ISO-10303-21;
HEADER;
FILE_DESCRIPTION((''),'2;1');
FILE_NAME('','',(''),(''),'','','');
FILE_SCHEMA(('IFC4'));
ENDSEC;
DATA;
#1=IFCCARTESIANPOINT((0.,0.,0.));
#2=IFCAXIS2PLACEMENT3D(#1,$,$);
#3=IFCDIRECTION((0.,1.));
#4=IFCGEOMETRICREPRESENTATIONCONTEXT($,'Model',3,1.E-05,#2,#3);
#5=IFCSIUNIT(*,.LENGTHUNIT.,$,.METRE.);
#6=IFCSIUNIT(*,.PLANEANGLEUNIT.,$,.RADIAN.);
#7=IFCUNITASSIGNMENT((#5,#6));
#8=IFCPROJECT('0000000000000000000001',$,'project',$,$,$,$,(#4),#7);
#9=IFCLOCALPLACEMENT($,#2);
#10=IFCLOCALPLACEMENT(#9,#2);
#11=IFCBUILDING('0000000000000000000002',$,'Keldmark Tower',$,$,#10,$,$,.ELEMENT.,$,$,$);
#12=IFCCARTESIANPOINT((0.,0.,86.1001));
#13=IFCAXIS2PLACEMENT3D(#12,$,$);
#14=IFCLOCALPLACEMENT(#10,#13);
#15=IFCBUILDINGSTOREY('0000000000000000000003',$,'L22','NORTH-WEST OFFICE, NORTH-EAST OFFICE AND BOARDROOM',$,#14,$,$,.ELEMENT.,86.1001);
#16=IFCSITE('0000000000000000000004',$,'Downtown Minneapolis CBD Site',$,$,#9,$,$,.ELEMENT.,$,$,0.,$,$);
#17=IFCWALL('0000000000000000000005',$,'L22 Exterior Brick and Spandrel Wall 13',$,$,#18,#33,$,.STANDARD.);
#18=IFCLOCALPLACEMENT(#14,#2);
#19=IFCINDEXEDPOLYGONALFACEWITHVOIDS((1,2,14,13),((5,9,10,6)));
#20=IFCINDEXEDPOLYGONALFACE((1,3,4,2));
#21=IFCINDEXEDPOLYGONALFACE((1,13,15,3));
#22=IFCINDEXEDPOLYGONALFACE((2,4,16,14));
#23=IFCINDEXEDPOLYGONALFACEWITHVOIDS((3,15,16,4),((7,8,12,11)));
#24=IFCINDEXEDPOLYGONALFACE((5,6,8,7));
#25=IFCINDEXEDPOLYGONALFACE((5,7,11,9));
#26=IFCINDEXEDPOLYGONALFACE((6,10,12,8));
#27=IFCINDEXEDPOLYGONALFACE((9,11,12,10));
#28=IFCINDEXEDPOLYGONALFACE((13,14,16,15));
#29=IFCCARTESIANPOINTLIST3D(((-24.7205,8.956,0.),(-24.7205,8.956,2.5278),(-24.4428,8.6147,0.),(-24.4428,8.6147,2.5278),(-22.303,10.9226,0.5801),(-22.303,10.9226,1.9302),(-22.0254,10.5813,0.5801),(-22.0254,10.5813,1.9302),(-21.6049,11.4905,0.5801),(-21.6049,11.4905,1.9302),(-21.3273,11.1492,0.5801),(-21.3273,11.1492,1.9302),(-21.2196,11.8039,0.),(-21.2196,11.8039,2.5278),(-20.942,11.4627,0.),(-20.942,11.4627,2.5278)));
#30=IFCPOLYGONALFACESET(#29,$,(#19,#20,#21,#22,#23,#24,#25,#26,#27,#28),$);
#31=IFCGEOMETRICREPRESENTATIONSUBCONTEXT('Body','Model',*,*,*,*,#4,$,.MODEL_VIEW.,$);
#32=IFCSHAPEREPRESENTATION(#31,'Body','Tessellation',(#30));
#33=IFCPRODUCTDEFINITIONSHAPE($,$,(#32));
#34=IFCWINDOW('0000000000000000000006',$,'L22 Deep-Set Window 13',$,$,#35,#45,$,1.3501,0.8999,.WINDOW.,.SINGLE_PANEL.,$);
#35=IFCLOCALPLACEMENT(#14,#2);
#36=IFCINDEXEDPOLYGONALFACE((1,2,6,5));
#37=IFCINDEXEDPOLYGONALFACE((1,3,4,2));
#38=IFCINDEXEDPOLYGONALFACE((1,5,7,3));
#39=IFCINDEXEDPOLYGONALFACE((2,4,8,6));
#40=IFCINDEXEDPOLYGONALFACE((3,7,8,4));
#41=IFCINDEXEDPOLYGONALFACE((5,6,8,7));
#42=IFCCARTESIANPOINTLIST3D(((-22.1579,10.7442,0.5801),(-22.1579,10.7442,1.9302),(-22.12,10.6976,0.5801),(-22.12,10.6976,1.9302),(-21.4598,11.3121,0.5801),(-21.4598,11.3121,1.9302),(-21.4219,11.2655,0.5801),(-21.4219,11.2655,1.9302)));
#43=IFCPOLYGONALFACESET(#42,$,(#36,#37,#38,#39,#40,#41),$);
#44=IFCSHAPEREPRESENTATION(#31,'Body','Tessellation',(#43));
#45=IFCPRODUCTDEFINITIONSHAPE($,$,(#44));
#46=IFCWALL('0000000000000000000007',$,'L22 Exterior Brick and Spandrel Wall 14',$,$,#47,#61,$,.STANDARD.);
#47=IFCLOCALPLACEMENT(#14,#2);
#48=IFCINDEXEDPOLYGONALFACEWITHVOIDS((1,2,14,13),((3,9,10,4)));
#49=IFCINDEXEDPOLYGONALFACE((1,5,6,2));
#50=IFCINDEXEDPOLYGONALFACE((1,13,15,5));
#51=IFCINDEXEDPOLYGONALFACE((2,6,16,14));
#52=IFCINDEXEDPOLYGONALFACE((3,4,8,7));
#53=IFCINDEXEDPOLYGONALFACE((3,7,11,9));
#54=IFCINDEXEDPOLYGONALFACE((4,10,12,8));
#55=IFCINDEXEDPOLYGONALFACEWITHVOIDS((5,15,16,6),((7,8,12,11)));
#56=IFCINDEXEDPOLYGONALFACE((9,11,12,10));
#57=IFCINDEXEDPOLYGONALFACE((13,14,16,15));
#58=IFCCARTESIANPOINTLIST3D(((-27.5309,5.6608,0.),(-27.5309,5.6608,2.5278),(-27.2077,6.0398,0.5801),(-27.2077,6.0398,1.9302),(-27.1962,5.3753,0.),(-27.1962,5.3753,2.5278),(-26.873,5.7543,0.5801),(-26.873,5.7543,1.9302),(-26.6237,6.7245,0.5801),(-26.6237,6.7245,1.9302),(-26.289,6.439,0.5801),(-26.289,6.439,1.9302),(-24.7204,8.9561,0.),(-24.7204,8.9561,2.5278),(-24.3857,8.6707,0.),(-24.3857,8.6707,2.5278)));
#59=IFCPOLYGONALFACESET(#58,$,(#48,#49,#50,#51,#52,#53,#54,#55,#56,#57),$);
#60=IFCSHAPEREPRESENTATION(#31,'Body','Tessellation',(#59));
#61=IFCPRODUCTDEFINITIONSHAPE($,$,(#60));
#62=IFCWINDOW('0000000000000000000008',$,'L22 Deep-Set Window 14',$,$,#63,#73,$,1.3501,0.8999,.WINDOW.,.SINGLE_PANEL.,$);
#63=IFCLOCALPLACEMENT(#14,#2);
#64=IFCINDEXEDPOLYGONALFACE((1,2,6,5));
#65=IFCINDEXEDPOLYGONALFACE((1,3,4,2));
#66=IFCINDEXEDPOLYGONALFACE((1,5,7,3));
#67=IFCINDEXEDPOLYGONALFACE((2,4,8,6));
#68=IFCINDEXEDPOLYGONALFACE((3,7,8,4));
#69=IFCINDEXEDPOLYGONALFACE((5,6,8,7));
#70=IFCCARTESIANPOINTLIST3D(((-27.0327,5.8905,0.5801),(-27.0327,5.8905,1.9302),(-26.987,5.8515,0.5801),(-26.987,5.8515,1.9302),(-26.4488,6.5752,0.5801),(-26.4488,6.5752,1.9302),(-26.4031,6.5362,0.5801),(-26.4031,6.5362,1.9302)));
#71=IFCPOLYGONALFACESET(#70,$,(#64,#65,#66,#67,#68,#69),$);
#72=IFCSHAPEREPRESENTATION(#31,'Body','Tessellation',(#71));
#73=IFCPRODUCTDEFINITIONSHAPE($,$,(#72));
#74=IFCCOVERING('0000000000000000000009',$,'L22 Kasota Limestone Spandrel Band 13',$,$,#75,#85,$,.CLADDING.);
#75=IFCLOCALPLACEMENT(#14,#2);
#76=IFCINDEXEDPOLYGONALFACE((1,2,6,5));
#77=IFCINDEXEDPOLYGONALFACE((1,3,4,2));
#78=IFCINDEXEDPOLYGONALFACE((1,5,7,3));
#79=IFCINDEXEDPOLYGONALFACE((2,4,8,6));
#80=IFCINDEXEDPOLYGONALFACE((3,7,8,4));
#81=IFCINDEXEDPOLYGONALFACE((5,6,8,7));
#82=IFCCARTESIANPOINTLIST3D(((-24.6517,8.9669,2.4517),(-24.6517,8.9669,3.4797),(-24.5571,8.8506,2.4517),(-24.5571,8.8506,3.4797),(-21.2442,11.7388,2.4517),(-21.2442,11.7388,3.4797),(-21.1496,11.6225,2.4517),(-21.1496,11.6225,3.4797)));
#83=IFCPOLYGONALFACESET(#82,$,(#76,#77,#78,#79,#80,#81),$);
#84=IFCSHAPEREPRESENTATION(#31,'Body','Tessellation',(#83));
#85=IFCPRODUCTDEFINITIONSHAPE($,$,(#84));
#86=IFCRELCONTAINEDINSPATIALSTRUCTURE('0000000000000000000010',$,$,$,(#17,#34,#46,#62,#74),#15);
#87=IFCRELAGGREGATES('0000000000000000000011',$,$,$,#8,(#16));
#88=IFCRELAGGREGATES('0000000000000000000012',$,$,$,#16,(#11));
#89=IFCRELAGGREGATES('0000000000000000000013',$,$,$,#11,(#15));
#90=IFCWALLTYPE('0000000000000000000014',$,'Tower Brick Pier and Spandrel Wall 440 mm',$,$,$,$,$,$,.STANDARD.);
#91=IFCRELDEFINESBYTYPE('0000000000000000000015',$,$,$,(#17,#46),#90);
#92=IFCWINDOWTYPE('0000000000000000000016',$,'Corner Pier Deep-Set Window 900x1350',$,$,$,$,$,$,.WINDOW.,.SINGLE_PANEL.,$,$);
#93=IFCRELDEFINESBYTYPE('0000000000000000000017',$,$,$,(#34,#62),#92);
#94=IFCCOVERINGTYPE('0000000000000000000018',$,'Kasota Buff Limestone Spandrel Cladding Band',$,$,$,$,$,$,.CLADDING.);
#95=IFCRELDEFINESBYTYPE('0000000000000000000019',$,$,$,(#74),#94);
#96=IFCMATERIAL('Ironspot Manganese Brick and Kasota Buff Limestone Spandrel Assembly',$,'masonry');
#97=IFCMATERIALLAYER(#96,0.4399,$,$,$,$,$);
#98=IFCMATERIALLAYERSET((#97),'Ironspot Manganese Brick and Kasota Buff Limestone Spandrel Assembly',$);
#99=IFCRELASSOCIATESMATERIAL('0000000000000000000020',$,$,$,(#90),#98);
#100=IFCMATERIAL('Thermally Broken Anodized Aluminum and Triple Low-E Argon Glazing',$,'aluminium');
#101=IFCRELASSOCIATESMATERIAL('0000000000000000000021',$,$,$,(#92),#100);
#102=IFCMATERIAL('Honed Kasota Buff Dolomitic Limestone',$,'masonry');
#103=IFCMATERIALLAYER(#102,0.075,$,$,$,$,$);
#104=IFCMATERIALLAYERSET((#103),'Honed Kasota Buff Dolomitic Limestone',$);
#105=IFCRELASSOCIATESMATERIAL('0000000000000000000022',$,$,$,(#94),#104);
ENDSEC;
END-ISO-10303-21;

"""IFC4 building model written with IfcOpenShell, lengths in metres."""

from ifc_helpers import new_model, si_unit, direction, frame, frame_2d, origin, origin_2d, place, context, subcontext, project, spatial, rectangle, extrude, material, layer, layer_set, type_object, element, fill, save


model = new_model("IFC4")

# Units and contexts
model_context = context("Model", 3, precision=1e-05, world=origin(), true_north=direction((0.0, 1.0)))
body_context = subcontext(model_context, "Body", "Model", "MODEL_VIEW")
ifc_project = project(units=[si_unit("LENGTHUNIT", "METRE"), si_unit("PLANEANGLEUNIT", "RADIAN")], contexts=[model_context])

# Site, building, storey
site_placement = place(None, origin())
site = spatial("IfcSite", under=ifc_project, at=site_placement, Name="Downtown Minneapolis CBD Site", CompositionType="ELEMENT", RefElevation=0.0)
building_placement = place(site_placement, origin())
building = spatial("IfcBuilding", under=site, at=building_placement, Name="Keldmark Tower", CompositionType="ELEMENT")
storey_placement = place(building_placement, frame((0.0, 0.0, 86.1001)))
storey = spatial("IfcBuildingStorey", under=building, at=storey_placement, Name="L22", Description="NORTH-WEST OFFICE, NORTH-EAST OFFICE AND BOARDROOM", CompositionType="ELEMENT", Elevation=86.1001)

# Walls, openings, windows
ifc_material_1 = material(Name="Ironspot Manganese Brick and Kasota Buff Limestone Spandrel Assembly", Category="masonry")
ifc_layer_1 = layer(ifc_material_1, 0.4399)
ifc_layer_set_1 = layer_set([ifc_layer_1], Name="Ironspot Manganese Brick and Kasota Buff Limestone Spandrel Assembly")
wall_type_1 = type_object("IfcWallType", Name="Tower Brick Pier and Spandrel Wall 440 mm", PredefinedType="STANDARD", material=ifc_layer_set_1)
ifc_material_2 = material(Name="Thermally Broken Anodized Aluminum and Triple Low-E Argon Glazing", Category="aluminium")
window_type = type_object("IfcWindowType", Name="Corner Pier Deep-Set Window 900x1350", PartitioningType="SINGLE_PANEL", PredefinedType="WINDOW", material=ifc_material_2)
wall_1_placement = place(storey_placement, frame((-24.5815, 8.7854, 0.0), z_axis=(0.0, 0.0, 1.0), x_axis=(0.775728, 0.631067, 0.0)))
wall_1 = element("IfcWall", 1, at=wall_1_placement, inside=storey, type_object=wall_type_1, Name="L22 Exterior Brick and Spandrel Wall 13", PredefinedType="STANDARD", context=body_context, shape_type="SweptSolid", body=[
    extrude(rectangle(XDim=4.5129, YDim=0.4399, at=frame_2d((2.2563, 0.0))), origin(), (0.0, 0.0, 1.0), 2.5278),
])
opening_1_placement = place(wall_1_placement, frame((3.1162, 0.0, 0.5801)))
opening_1 = element("IfcOpeningElement", 2, at=opening_1_placement, cuts=wall_1, PredefinedType="OPENING", context=body_context, shape_type="SweptSolid", body=[
    extrude(rectangle(XDim=0.8999, YDim=1.3501, at=frame_2d((0.45, 0.675))), frame((0.0, 0.23, 0.0), z_axis=(0.0, -1.0, 0.0), x_axis=(1.0, 0.0, 0.0)), (0.0, 0.0, 1.0), 0.46),
])
window_1_placement = place(opening_1_placement, origin())
window_1 = element("IfcWindow", 3, at=window_1_placement, inside=storey, type_object=window_type, Name="L22 Deep-Set Window 13", OverallHeight=1.3501, OverallWidth=0.8999, PartitioningType="SINGLE_PANEL", PredefinedType="WINDOW", context=body_context, shape_type="SweptSolid", body=[
    extrude(rectangle(XDim=0.8999, YDim=1.3501, at=frame_2d((0.45, 0.675))), frame((0.0, -0.01, 0.0), z_axis=(0.0, -1.0, 0.0), x_axis=(1.0, 0.0, 0.0)), (0.0, 0.0, 1.0), 0.0601),
])
fill(opening_1, window_1)
wall_2_placement = place(storey_placement, frame((-27.3635, 5.5181, 0.0), z_axis=(0.0, 0.0, 1.0), x_axis=(0.648914, 0.760862, 0.0)))
wall_2 = element("IfcWall", 4, at=wall_2_placement, inside=storey, type_object=wall_type_1, Name="L22 Exterior Brick and Spandrel Wall 14", PredefinedType="STANDARD", context=body_context, shape_type="SweptSolid", body=[
    extrude(rectangle(XDim=4.3311, YDim=0.4399, at=frame_2d((2.1655, 0.0))), origin(), (0.0, 0.0, 1.0), 2.5278),
])
opening_2_placement = place(wall_2_placement, frame((0.498, 0.0, 0.5801)))
opening_2 = element("IfcOpeningElement", 5, at=opening_2_placement, cuts=wall_2, PredefinedType="OPENING", context=body_context, shape_type="SweptSolid", body=[
    extrude(rectangle(XDim=0.8999, YDim=1.3501, at=frame_2d((0.45, 0.675))), frame((0.0, 0.23, 0.0), z_axis=(0.0, -1.0, 0.0), x_axis=(1.0, 0.0, 0.0)), (0.0, 0.0, 1.0), 0.46),
])
window_2_placement = place(opening_2_placement, origin())
window_2 = element("IfcWindow", 6, at=window_2_placement, inside=storey, type_object=window_type, Name="L22 Deep-Set Window 14", OverallHeight=1.3501, OverallWidth=0.8999, PartitioningType="SINGLE_PANEL", PredefinedType="WINDOW", context=body_context, shape_type="SweptSolid", body=[
    extrude(rectangle(XDim=0.8999, YDim=1.3501, at=frame_2d((0.45, 0.675))), frame((0.0, -0.01, 0.0), z_axis=(0.0, -1.0, 0.0), x_axis=(1.0, 0.0, 0.0)), (0.0, 0.0, 1.0), 0.0601),
])
fill(opening_2, window_2)

# Covering
ifc_material_3 = material(Name="Honed Kasota Buff Dolomitic Limestone", Category="masonry")
ifc_layer_2 = layer(ifc_material_3, 0.075)
ifc_layer_set_2 = layer_set([ifc_layer_2], Name="Honed Kasota Buff Dolomitic Limestone")
covering_type = type_object("IfcCoveringType", Name="Kasota Buff Limestone Spandrel Cladding Band", PredefinedType="CLADDING", material=ifc_layer_set_2)
covering_placement = place(storey_placement, frame((-22.9006, 10.2947, 2.4517), z_axis=(0.0, 0.0, 1.0), x_axis=(-0.775749, -0.631041, 0.0)))
element("IfcCovering", 7, at=covering_placement, inside=storey, type_object=covering_type, Name="L22 Kasota Limestone Spandrel Band 13", PredefinedType="CLADDING", context=body_context, shape_type="SweptSolid", body=[
    extrude(rectangle(XDim=4.3926, YDim=0.1499, at=origin_2d()), origin(), (0.0, 0.0, 1.0), 1.0281),
])

save(model, "model.ifc")
